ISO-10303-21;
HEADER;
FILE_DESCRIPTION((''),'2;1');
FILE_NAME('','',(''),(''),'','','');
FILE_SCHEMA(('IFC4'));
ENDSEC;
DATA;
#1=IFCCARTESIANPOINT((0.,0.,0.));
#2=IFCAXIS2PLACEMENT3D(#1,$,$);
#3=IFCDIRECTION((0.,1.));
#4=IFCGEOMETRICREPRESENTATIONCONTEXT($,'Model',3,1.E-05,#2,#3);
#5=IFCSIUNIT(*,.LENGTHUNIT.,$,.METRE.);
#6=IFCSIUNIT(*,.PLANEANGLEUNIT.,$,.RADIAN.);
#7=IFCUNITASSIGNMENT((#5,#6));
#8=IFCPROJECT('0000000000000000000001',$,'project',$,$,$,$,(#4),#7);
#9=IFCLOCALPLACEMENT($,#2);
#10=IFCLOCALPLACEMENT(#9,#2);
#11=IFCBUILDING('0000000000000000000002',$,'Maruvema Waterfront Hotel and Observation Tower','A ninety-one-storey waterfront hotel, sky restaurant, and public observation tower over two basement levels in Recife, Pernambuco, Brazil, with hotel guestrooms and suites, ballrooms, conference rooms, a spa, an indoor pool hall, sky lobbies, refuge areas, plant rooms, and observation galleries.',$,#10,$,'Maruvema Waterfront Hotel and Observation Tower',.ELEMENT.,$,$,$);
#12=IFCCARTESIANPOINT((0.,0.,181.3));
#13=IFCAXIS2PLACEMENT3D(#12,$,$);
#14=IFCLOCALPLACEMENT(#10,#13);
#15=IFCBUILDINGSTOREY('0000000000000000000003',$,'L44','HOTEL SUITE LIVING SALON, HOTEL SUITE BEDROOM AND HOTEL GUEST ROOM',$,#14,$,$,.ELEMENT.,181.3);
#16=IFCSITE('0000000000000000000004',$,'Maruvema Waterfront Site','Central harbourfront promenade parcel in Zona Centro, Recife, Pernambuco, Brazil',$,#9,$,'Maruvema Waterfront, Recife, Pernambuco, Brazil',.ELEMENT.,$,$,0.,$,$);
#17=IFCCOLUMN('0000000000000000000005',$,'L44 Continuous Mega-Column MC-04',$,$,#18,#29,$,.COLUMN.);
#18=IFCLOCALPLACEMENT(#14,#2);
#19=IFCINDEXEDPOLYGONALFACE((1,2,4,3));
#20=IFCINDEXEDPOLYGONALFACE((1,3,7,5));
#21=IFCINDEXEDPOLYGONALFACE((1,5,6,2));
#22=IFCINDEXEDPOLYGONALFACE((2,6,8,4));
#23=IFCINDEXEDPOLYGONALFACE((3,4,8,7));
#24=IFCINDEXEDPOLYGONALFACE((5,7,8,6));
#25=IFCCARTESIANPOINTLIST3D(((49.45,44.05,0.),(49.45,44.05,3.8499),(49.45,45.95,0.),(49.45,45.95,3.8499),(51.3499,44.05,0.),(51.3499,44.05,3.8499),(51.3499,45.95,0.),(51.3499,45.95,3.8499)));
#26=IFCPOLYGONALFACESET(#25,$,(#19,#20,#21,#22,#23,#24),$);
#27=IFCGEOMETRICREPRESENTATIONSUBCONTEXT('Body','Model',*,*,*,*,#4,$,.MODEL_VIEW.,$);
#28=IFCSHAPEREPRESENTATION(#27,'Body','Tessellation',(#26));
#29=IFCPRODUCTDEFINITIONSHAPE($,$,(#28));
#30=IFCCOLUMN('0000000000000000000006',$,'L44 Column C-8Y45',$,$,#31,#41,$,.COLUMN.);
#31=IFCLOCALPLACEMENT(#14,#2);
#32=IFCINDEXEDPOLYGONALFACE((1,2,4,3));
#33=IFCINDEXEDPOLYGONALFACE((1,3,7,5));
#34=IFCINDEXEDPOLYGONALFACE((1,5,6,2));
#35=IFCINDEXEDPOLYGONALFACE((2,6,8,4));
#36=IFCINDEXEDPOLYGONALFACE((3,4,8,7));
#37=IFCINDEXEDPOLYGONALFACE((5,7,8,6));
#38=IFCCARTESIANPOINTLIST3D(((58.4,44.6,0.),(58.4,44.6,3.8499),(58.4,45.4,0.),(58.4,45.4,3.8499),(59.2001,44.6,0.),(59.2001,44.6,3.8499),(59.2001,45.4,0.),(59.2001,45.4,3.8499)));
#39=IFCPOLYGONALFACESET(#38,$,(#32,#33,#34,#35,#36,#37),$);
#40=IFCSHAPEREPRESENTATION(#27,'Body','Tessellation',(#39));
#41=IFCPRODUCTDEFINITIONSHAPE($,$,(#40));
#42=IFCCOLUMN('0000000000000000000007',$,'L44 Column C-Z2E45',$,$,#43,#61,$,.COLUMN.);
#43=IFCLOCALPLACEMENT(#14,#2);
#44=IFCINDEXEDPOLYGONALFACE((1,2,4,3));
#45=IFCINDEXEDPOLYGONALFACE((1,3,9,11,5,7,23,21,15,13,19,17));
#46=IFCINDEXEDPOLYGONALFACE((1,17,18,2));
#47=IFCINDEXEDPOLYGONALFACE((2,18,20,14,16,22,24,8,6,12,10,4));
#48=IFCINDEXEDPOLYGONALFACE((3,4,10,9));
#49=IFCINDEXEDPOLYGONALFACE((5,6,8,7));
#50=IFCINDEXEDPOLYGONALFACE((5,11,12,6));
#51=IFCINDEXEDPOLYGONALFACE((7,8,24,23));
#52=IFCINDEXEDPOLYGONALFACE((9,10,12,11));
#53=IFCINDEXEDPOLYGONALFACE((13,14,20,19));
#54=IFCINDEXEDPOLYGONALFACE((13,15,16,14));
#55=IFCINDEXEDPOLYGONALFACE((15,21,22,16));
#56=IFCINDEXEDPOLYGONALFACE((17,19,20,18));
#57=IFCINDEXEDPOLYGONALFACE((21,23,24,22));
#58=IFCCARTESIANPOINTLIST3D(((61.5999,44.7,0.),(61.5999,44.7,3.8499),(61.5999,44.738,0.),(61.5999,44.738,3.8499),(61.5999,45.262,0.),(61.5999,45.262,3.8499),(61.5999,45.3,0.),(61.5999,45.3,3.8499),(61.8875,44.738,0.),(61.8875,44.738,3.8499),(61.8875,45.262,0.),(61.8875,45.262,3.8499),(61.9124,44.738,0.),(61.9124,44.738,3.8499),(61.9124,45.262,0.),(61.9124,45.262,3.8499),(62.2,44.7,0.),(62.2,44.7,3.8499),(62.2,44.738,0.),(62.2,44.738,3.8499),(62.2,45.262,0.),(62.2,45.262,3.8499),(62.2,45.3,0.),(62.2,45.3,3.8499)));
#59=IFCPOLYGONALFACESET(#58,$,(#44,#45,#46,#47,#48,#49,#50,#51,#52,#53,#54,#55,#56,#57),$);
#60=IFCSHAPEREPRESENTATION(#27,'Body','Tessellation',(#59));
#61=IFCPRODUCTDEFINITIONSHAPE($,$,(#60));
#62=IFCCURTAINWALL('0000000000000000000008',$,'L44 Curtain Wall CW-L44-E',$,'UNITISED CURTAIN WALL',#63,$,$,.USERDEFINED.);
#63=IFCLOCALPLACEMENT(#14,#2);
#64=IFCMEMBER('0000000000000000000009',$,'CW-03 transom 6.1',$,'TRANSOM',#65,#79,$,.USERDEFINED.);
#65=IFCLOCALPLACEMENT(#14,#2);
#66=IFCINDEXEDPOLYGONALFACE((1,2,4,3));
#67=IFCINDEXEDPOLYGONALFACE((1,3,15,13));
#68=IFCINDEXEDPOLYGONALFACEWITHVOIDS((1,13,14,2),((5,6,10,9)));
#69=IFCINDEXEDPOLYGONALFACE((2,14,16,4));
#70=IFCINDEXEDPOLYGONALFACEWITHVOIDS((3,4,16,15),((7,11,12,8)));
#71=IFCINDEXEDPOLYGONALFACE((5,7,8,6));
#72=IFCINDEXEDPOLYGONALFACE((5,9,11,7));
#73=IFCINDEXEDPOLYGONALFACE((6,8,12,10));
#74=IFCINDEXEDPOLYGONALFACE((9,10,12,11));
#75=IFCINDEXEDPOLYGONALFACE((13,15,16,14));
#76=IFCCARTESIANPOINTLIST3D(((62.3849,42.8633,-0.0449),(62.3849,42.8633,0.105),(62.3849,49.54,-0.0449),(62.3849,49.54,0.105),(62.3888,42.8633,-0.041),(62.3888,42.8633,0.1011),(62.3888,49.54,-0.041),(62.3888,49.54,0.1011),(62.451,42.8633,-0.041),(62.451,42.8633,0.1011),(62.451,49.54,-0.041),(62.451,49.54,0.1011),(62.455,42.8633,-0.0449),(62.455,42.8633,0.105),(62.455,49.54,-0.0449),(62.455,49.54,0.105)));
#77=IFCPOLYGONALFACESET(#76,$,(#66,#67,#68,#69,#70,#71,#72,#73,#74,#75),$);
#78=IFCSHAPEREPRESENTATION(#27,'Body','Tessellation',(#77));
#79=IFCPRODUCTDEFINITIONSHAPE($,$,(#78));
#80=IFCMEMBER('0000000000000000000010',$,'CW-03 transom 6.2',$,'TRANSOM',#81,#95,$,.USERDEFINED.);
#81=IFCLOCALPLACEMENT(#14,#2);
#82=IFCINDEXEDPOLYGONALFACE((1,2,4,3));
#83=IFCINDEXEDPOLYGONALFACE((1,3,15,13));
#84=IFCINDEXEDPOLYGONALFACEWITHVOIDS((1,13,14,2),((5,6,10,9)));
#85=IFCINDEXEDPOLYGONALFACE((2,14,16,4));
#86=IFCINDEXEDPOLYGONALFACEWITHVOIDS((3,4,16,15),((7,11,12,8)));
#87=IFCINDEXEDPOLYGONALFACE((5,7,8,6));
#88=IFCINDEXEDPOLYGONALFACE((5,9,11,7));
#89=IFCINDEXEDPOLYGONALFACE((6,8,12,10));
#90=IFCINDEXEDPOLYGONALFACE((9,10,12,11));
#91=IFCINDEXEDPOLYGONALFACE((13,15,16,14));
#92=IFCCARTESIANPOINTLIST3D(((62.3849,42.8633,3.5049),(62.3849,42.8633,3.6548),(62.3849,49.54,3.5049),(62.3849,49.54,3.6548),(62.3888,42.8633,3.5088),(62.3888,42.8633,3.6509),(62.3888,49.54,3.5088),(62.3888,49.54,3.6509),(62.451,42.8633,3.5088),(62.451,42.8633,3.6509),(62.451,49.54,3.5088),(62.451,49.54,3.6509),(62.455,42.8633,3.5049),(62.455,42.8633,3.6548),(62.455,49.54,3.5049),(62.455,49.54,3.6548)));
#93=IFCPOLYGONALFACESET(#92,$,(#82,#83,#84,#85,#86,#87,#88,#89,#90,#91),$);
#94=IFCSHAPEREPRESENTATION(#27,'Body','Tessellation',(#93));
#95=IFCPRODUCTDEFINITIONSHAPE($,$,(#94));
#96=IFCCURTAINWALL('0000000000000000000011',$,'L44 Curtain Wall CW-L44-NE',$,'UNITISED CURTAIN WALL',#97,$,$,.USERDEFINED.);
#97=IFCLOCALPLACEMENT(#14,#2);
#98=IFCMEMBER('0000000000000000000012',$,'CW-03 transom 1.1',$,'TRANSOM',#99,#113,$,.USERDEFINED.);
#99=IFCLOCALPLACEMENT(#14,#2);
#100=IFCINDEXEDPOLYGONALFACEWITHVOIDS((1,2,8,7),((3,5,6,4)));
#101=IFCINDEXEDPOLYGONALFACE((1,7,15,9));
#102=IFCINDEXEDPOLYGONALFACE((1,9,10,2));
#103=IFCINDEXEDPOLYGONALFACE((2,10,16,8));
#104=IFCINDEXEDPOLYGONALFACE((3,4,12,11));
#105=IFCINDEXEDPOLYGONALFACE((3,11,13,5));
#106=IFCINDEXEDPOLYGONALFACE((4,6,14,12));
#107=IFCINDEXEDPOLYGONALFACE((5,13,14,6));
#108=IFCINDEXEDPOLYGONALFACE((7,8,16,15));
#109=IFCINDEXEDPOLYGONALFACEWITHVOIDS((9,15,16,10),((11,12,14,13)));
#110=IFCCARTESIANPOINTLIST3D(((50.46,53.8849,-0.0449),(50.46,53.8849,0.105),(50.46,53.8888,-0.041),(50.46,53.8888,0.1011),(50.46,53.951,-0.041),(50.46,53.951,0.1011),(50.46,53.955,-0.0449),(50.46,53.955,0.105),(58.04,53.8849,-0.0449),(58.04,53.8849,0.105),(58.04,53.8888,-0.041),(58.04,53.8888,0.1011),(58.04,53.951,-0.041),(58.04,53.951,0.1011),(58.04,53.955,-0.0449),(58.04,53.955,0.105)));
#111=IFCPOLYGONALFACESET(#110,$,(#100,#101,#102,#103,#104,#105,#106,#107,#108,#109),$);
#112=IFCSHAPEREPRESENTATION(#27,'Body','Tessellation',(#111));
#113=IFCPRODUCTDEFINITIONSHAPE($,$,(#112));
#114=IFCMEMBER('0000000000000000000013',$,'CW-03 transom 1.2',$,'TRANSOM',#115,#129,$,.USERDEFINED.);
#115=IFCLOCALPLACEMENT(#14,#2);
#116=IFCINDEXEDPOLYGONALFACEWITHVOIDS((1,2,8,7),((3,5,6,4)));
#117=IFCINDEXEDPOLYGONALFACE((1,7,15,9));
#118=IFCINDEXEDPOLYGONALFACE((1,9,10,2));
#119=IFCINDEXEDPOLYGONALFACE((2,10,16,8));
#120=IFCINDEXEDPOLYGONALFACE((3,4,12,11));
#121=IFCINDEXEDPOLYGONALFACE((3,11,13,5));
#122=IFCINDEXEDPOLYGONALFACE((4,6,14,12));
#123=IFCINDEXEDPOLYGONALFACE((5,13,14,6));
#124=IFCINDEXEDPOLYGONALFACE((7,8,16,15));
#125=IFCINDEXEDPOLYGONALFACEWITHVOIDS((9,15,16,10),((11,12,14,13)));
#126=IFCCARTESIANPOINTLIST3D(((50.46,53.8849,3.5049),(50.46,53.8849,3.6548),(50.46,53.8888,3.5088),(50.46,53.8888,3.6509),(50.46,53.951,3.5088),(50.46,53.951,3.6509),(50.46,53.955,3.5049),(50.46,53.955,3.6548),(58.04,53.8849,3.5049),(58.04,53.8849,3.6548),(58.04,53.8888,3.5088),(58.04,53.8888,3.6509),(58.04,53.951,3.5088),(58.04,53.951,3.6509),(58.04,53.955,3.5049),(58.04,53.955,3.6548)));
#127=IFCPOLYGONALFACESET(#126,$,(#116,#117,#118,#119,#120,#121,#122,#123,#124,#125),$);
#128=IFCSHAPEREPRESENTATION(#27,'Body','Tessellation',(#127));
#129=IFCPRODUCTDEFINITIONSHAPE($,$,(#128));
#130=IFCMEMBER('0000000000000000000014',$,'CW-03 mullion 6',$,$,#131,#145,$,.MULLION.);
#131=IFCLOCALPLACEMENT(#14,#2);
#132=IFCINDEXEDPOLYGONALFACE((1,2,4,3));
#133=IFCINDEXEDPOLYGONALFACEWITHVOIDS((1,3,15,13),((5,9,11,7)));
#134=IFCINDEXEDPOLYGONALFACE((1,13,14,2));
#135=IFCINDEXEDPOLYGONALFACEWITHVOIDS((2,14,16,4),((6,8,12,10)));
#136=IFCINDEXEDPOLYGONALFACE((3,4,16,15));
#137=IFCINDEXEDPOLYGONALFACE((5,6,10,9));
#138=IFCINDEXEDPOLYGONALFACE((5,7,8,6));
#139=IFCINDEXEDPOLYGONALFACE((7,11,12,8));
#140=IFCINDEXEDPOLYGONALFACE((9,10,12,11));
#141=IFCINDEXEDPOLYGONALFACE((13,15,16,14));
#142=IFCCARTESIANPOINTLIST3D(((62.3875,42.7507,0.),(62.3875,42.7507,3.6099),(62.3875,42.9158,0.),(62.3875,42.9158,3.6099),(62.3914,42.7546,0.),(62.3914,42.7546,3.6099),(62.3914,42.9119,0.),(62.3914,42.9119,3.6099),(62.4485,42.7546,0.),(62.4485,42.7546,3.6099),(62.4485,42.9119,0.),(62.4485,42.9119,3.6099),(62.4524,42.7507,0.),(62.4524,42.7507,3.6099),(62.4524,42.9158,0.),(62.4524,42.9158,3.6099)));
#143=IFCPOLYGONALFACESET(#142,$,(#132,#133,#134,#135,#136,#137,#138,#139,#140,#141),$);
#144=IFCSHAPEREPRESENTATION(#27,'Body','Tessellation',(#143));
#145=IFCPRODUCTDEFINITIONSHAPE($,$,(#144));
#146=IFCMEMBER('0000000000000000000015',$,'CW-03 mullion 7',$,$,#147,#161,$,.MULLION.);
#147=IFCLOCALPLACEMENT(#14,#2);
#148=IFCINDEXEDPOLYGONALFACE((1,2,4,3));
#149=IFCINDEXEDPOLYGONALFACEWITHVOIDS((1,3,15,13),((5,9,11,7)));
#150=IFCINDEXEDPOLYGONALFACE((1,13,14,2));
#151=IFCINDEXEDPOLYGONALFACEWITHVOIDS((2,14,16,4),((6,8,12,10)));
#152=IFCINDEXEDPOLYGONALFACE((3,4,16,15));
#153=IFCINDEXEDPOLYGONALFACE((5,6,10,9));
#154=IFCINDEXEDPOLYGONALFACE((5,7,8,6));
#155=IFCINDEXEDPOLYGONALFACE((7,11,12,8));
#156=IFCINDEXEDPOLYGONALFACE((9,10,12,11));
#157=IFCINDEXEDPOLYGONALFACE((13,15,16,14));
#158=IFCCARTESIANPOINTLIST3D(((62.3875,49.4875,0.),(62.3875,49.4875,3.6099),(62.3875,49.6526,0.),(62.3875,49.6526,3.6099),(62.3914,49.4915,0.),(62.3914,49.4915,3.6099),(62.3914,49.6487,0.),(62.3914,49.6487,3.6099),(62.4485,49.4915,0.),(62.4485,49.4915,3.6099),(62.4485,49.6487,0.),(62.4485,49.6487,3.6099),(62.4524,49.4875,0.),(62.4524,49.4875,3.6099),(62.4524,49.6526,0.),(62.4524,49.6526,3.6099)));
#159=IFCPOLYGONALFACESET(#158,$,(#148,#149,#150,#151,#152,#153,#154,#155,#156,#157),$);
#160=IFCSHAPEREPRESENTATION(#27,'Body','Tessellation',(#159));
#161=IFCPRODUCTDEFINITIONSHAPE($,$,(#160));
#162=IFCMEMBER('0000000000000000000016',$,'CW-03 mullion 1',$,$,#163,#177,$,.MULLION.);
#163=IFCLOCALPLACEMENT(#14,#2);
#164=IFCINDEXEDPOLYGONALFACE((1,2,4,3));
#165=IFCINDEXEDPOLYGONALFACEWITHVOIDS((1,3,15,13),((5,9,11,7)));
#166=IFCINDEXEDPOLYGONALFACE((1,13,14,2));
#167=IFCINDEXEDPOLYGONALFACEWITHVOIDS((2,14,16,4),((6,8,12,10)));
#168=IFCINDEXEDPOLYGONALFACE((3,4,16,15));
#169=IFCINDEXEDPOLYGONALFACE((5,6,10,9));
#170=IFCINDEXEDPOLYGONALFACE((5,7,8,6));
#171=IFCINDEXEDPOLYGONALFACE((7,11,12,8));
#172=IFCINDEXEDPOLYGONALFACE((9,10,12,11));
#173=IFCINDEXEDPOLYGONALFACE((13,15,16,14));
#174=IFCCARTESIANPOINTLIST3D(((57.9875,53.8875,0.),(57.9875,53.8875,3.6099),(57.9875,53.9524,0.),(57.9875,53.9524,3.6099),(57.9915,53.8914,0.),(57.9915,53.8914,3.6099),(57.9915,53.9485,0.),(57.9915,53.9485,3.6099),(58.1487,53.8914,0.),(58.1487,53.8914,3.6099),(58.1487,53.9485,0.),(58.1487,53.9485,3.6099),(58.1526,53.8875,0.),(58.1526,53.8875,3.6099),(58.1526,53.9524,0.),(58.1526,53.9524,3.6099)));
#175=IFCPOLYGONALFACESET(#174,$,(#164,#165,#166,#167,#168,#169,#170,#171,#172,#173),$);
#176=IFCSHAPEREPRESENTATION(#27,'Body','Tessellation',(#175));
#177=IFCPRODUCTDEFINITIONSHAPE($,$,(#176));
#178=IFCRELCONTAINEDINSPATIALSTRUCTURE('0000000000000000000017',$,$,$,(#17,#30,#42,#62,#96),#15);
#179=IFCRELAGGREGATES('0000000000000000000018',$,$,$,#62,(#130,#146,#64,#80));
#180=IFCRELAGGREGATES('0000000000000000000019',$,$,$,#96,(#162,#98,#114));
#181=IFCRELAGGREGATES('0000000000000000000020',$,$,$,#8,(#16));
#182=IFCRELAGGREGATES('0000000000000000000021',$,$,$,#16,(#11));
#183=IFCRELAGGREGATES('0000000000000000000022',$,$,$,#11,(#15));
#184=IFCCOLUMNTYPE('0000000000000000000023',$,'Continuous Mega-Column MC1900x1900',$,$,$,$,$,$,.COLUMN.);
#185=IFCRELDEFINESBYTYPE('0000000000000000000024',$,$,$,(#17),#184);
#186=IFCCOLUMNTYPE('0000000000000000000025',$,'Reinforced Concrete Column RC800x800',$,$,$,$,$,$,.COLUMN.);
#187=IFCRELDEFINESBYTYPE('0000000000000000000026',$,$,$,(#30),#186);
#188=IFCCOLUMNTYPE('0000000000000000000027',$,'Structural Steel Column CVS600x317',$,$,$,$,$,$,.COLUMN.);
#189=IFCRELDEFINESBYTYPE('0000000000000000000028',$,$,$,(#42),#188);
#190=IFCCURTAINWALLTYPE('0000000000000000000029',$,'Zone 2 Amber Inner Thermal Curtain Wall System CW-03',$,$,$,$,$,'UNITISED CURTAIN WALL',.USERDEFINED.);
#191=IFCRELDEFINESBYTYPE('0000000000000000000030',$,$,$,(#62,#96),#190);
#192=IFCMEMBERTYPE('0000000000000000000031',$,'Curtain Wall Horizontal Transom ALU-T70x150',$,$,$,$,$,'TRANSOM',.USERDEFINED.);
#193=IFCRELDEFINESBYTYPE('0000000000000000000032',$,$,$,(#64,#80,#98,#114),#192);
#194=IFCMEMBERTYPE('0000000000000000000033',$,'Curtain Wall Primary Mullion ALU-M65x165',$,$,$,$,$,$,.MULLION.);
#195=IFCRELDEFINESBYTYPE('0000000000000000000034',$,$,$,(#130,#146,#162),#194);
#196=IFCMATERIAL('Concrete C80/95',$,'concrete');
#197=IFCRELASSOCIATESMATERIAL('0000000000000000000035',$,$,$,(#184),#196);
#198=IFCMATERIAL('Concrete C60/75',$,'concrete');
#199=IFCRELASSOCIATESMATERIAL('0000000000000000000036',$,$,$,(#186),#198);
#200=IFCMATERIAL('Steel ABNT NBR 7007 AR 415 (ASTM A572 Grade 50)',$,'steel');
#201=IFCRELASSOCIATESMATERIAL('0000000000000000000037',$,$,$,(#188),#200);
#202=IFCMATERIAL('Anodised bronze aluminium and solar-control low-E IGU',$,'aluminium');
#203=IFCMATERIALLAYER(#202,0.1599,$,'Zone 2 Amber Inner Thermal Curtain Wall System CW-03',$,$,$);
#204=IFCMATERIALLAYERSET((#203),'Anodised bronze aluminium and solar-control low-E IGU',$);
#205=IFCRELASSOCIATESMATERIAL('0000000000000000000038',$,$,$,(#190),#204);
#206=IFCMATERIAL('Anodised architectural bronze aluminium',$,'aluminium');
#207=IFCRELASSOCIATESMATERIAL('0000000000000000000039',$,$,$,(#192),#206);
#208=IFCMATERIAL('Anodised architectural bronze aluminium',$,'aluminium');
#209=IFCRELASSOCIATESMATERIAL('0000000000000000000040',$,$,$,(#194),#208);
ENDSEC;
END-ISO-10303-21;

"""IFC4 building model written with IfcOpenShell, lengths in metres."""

from ifc_helpers import new_model, si_unit, direction, frame, origin, origin_2d, place, context, subcontext, project, spatial, rectangle, hollow_rectangle, i_section, extrude, material, layer, layer_set, material_profile, profile_set, type_object, element, aggregate, save


model = new_model("IFC4")

# Units and contexts
model_context = context("Model", 3, precision=1e-05, world=origin(), true_north=direction((0.0, 1.0)))
body_context = subcontext(model_context, "Body", "Model", "MODEL_VIEW")
ifc_project = project(units=[si_unit("LENGTHUNIT", "METRE"), si_unit("PLANEANGLEUNIT", "RADIAN")], contexts=[model_context])

# Site, building, storey
site_placement = place(None, origin())
site = spatial("IfcSite", under=ifc_project, at=site_placement, Name="Maruvema Waterfront Site", Description="Central harbourfront promenade parcel in Zona Centro, Recife, Pernambuco, Brazil", LongName="Maruvema Waterfront, Recife, Pernambuco, Brazil", CompositionType="ELEMENT", RefElevation=0.0)
building_placement = place(site_placement, origin())
building = spatial("IfcBuilding", under=site, at=building_placement, Name="Maruvema Waterfront Hotel and Observation Tower", Description="A ninety-one-storey waterfront hotel, sky restaurant, and public observation tower over two basement levels in Recife, Pernambuco, Brazil, with hotel guestrooms and suites, ballrooms, conference rooms, a spa, an indoor pool hall, sky lobbies, refuge areas, plant rooms, and observation galleries.", LongName="Maruvema Waterfront Hotel and Observation Tower", CompositionType="ELEMENT")
storey_placement = place(building_placement, frame((0.0, 0.0, 181.3)))
storey = spatial("IfcBuildingStorey", under=building, at=storey_placement, Name="L44", Description="HOTEL SUITE LIVING SALON, HOTEL SUITE BEDROOM AND HOTEL GUEST ROOM", CompositionType="ELEMENT", Elevation=181.3)

# Columns
ifc_material_1 = material(Name="Concrete C80/95", Category="concrete")
ifc_material_profile_1 = material_profile(ifc_material_1, rectangle(XDim=1.8999, YDim=1.8999, at=origin_2d()), Name="MC1900x1900")
ifc_profile_set_1 = profile_set([ifc_material_profile_1], Name="Concrete C80/95")
column_type_1 = type_object("IfcColumnType", Name="Continuous Mega-Column MC1900x1900", PredefinedType="COLUMN", material=ifc_profile_set_1)
column_1_placement = place(storey_placement, frame((50.3999, 45.0, 0.0), z_axis=(0.0, 0.0, 1.0), x_axis=(1.0, 0.0, 0.0)))
element("IfcColumn", 1, at=column_1_placement, inside=storey, type_object=column_type_1, Name="L44 Continuous Mega-Column MC-04", PredefinedType="COLUMN", context=body_context, shape_type="SweptSolid", body=[
    extrude(rectangle(XDim=1.8999, YDim=1.8999, at=origin_2d()), origin(), (0.0, 0.0, 1.0), 3.8499),
])
ifc_material_2 = material(Name="Concrete C60/75", Category="concrete")
ifc_material_profile_2 = material_profile(ifc_material_2, rectangle(XDim=0.8, YDim=0.8, at=origin_2d()), Name="RC800x800")
ifc_profile_set_2 = profile_set([ifc_material_profile_2], Name="Concrete C60/75")
column_type_2 = type_object("IfcColumnType", Name="Reinforced Concrete Column RC800x800", PredefinedType="COLUMN", material=ifc_profile_set_2)
column_2_placement = place(storey_placement, frame((58.8, 45.0, 0.0), z_axis=(0.0, 0.0, 1.0), x_axis=(1.0, 0.0, 0.0)))
element("IfcColumn", 2, at=column_2_placement, inside=storey, type_object=column_type_2, Name="L44 Column C-8Y45", PredefinedType="COLUMN", context=body_context, shape_type="SweptSolid", body=[
    extrude(rectangle(XDim=0.8, YDim=0.8, at=origin_2d()), origin(), (0.0, 0.0, 1.0), 3.8499),
])
ifc_material_3 = material(Name="Steel ABNT NBR 7007 AR 415 (ASTM A572 Grade 50)", Category="steel")
ifc_material_profile_3 = material_profile(ifc_material_3, i_section(OverallWidth=0.6001, OverallDepth=0.6001, WebThickness=0.0249, FlangeThickness=0.0381, at=origin_2d()), Name="CVS600x317")
ifc_profile_set_3 = profile_set([ifc_material_profile_3], Name="Steel ABNT NBR 7007 AR 415 (ASTM A572 Grade 50)")
column_type_3 = type_object("IfcColumnType", Name="Structural Steel Column CVS600x317", PredefinedType="COLUMN", material=ifc_profile_set_3)
column_3_placement = place(storey_placement, frame((61.8999, 45.0, 0.0), z_axis=(0.0, 0.0, 1.0), x_axis=(1.0, 0.0, 0.0)))
element("IfcColumn", 3, at=column_3_placement, inside=storey, type_object=column_type_3, Name="L44 Column C-Z2E45", PredefinedType="COLUMN", context=body_context, shape_type="SweptSolid", body=[
    extrude(i_section(OverallWidth=0.6001, OverallDepth=0.6001, WebThickness=0.0249, FlangeThickness=0.0381, at=origin_2d()), origin(), (0.0, 0.0, 1.0), 3.8499),
])

# Curtain walls, members
ifc_material_4 = material(Name="Anodised bronze aluminium and solar-control low-E IGU", Category="aluminium")
ifc_layer_1 = layer(ifc_material_4, 0.1599, Name="Zone 2 Amber Inner Thermal Curtain Wall System CW-03")
ifc_layer_set_1 = layer_set([ifc_layer_1], Name="Anodised bronze aluminium and solar-control low-E IGU")
curtain_wall_type = type_object("IfcCurtainWallType", Name="Zone 2 Amber Inner Thermal Curtain Wall System CW-03", ElementType="UNITISED CURTAIN WALL", PredefinedType="USERDEFINED", material=ifc_layer_set_1)
curtain_wall_1_placement = place(storey_placement, origin())
curtain_wall_1 = element("IfcCurtainWall", 4, at=curtain_wall_1_placement, inside=storey, type_object=curtain_wall_type, Name="L44 Curtain Wall CW-L44-E", ObjectType="UNITISED CURTAIN WALL", PredefinedType="USERDEFINED")
ifc_material_5 = material(Name="Anodised architectural bronze aluminium", Category="aluminium")
ifc_material_profile_4 = material_profile(ifc_material_5, hollow_rectangle(XDim=0.0701, YDim=0.1499, WallThickness=0.0039, at=origin_2d()), Name="ALU-T70x150")
ifc_profile_set_4 = profile_set([ifc_material_profile_4], Name="Anodised architectural bronze aluminium")
member_type_1 = type_object("IfcMemberType", Name="Curtain Wall Horizontal Transom ALU-T70x150", ElementType="TRANSOM", PredefinedType="USERDEFINED", material=ifc_profile_set_4)
member_1_placement = place(storey_placement, frame((62.4199, 42.8633, 0.03), z_axis=(0.0, 1.0, 0.0), x_axis=(-1.0, 0.0, 0.0)))
member_1 = element("IfcMember", 5, at=member_1_placement, type_object=member_type_1, Name="CW-03 transom 6.1", ObjectType="TRANSOM", PredefinedType="USERDEFINED", context=body_context, shape_type="SweptSolid", body=[
    extrude(hollow_rectangle(XDim=0.0701, YDim=0.1499, WallThickness=0.0039, at=origin_2d()), origin(), (0.0, 0.0, 1.0), 6.6768),
])
member_2_placement = place(storey_placement, frame((62.4199, 42.8633, 3.5798), z_axis=(0.0, 1.0, 0.0), x_axis=(-1.0, 0.0, 0.0)))
member_2 = element("IfcMember", 6, at=member_2_placement, type_object=member_type_1, Name="CW-03 transom 6.2", ObjectType="TRANSOM", PredefinedType="USERDEFINED", context=body_context, shape_type="SweptSolid", body=[
    extrude(hollow_rectangle(XDim=0.0701, YDim=0.1499, WallThickness=0.0039, at=origin_2d()), origin(), (0.0, 0.0, 1.0), 6.6768),
])
curtain_wall_2_placement = place(storey_placement, origin())
curtain_wall_2 = element("IfcCurtainWall", 7, at=curtain_wall_2_placement, inside=storey, type_object=curtain_wall_type, Name="L44 Curtain Wall CW-L44-NE", ObjectType="UNITISED CURTAIN WALL", PredefinedType="USERDEFINED")
member_3_placement = place(storey_placement, frame((58.04, 53.9199, 0.03), z_axis=(-1.0, 0.0, 0.0), x_axis=(0.0, -1.0, 0.0)))
member_3 = element("IfcMember", 8, at=member_3_placement, type_object=member_type_1, Name="CW-03 transom 1.1", ObjectType="TRANSOM", PredefinedType="USERDEFINED", context=body_context, shape_type="SweptSolid", body=[
    extrude(hollow_rectangle(XDim=0.0701, YDim=0.1499, WallThickness=0.0039, at=origin_2d()), origin(), (0.0, 0.0, 1.0), 7.5801),
])
member_4_placement = place(storey_placement, frame((58.04, 53.9199, 3.5798), z_axis=(-1.0, 0.0, 0.0), x_axis=(0.0, -1.0, 0.0)))
member_4 = element("IfcMember", 9, at=member_4_placement, type_object=member_type_1, Name="CW-03 transom 1.2", ObjectType="TRANSOM", PredefinedType="USERDEFINED", context=body_context, shape_type="SweptSolid", body=[
    extrude(hollow_rectangle(XDim=0.0701, YDim=0.1499, WallThickness=0.0039, at=origin_2d()), origin(), (0.0, 0.0, 1.0), 7.5801),
])

# Members
ifc_material_6 = material(Name="Anodised architectural bronze aluminium", Category="aluminium")
ifc_material_profile_5 = material_profile(ifc_material_6, hollow_rectangle(XDim=0.0649, YDim=0.165, WallThickness=0.0039, at=origin_2d()), Name="ALU-M65x165")
ifc_profile_set_5 = profile_set([ifc_material_profile_5], Name="Anodised architectural bronze aluminium")
member_type_2 = type_object("IfcMemberType", Name="Curtain Wall Primary Mullion ALU-M65x165", PredefinedType="MULLION", material=ifc_profile_set_5)
member_5_placement = place(storey_placement, frame((62.4199, 42.8333, 0.0), z_axis=(0.0, 0.0, 1.0), x_axis=(-1.0, 0.0, 0.0)))
member_5 = element("IfcMember", 10, at=member_5_placement, type_object=member_type_2, Name="CW-03 mullion 6", PredefinedType="MULLION", context=body_context, shape_type="SweptSolid", body=[
    extrude(hollow_rectangle(XDim=0.0649, YDim=0.165, WallThickness=0.0039, at=origin_2d()), origin(), (0.0, 0.0, 1.0), 3.6099),
])
member_6_placement = place(storey_placement, frame((62.4199, 49.5701, 0.0), z_axis=(0.0, 0.0, 1.0), x_axis=(-1.0, 0.0, 0.0)))
member_6 = element("IfcMember", 11, at=member_6_placement, type_object=member_type_2, Name="CW-03 mullion 7", PredefinedType="MULLION", context=body_context, shape_type="SweptSolid", body=[
    extrude(hollow_rectangle(XDim=0.0649, YDim=0.165, WallThickness=0.0039, at=origin_2d()), origin(), (0.0, 0.0, 1.0), 3.6099),
])
member_7_placement = place(storey_placement, frame((58.0701, 53.9199, 0.0), z_axis=(0.0, 0.0, 1.0), x_axis=(0.0, -1.0, 0.0)))
member_7 = element("IfcMember", 12, at=member_7_placement, type_object=member_type_2, Name="CW-03 mullion 1", PredefinedType="MULLION", context=body_context, shape_type="SweptSolid", body=[
    extrude(hollow_rectangle(XDim=0.0649, YDim=0.165, WallThickness=0.0039, at=origin_2d()), origin(), (0.0, 0.0, 1.0), 3.6099),
])

aggregate(curtain_wall_1, [member_5, member_6, member_1, member_2])
aggregate(curtain_wall_2, [member_7, member_3, member_4])

save(model, "model.ifc")
